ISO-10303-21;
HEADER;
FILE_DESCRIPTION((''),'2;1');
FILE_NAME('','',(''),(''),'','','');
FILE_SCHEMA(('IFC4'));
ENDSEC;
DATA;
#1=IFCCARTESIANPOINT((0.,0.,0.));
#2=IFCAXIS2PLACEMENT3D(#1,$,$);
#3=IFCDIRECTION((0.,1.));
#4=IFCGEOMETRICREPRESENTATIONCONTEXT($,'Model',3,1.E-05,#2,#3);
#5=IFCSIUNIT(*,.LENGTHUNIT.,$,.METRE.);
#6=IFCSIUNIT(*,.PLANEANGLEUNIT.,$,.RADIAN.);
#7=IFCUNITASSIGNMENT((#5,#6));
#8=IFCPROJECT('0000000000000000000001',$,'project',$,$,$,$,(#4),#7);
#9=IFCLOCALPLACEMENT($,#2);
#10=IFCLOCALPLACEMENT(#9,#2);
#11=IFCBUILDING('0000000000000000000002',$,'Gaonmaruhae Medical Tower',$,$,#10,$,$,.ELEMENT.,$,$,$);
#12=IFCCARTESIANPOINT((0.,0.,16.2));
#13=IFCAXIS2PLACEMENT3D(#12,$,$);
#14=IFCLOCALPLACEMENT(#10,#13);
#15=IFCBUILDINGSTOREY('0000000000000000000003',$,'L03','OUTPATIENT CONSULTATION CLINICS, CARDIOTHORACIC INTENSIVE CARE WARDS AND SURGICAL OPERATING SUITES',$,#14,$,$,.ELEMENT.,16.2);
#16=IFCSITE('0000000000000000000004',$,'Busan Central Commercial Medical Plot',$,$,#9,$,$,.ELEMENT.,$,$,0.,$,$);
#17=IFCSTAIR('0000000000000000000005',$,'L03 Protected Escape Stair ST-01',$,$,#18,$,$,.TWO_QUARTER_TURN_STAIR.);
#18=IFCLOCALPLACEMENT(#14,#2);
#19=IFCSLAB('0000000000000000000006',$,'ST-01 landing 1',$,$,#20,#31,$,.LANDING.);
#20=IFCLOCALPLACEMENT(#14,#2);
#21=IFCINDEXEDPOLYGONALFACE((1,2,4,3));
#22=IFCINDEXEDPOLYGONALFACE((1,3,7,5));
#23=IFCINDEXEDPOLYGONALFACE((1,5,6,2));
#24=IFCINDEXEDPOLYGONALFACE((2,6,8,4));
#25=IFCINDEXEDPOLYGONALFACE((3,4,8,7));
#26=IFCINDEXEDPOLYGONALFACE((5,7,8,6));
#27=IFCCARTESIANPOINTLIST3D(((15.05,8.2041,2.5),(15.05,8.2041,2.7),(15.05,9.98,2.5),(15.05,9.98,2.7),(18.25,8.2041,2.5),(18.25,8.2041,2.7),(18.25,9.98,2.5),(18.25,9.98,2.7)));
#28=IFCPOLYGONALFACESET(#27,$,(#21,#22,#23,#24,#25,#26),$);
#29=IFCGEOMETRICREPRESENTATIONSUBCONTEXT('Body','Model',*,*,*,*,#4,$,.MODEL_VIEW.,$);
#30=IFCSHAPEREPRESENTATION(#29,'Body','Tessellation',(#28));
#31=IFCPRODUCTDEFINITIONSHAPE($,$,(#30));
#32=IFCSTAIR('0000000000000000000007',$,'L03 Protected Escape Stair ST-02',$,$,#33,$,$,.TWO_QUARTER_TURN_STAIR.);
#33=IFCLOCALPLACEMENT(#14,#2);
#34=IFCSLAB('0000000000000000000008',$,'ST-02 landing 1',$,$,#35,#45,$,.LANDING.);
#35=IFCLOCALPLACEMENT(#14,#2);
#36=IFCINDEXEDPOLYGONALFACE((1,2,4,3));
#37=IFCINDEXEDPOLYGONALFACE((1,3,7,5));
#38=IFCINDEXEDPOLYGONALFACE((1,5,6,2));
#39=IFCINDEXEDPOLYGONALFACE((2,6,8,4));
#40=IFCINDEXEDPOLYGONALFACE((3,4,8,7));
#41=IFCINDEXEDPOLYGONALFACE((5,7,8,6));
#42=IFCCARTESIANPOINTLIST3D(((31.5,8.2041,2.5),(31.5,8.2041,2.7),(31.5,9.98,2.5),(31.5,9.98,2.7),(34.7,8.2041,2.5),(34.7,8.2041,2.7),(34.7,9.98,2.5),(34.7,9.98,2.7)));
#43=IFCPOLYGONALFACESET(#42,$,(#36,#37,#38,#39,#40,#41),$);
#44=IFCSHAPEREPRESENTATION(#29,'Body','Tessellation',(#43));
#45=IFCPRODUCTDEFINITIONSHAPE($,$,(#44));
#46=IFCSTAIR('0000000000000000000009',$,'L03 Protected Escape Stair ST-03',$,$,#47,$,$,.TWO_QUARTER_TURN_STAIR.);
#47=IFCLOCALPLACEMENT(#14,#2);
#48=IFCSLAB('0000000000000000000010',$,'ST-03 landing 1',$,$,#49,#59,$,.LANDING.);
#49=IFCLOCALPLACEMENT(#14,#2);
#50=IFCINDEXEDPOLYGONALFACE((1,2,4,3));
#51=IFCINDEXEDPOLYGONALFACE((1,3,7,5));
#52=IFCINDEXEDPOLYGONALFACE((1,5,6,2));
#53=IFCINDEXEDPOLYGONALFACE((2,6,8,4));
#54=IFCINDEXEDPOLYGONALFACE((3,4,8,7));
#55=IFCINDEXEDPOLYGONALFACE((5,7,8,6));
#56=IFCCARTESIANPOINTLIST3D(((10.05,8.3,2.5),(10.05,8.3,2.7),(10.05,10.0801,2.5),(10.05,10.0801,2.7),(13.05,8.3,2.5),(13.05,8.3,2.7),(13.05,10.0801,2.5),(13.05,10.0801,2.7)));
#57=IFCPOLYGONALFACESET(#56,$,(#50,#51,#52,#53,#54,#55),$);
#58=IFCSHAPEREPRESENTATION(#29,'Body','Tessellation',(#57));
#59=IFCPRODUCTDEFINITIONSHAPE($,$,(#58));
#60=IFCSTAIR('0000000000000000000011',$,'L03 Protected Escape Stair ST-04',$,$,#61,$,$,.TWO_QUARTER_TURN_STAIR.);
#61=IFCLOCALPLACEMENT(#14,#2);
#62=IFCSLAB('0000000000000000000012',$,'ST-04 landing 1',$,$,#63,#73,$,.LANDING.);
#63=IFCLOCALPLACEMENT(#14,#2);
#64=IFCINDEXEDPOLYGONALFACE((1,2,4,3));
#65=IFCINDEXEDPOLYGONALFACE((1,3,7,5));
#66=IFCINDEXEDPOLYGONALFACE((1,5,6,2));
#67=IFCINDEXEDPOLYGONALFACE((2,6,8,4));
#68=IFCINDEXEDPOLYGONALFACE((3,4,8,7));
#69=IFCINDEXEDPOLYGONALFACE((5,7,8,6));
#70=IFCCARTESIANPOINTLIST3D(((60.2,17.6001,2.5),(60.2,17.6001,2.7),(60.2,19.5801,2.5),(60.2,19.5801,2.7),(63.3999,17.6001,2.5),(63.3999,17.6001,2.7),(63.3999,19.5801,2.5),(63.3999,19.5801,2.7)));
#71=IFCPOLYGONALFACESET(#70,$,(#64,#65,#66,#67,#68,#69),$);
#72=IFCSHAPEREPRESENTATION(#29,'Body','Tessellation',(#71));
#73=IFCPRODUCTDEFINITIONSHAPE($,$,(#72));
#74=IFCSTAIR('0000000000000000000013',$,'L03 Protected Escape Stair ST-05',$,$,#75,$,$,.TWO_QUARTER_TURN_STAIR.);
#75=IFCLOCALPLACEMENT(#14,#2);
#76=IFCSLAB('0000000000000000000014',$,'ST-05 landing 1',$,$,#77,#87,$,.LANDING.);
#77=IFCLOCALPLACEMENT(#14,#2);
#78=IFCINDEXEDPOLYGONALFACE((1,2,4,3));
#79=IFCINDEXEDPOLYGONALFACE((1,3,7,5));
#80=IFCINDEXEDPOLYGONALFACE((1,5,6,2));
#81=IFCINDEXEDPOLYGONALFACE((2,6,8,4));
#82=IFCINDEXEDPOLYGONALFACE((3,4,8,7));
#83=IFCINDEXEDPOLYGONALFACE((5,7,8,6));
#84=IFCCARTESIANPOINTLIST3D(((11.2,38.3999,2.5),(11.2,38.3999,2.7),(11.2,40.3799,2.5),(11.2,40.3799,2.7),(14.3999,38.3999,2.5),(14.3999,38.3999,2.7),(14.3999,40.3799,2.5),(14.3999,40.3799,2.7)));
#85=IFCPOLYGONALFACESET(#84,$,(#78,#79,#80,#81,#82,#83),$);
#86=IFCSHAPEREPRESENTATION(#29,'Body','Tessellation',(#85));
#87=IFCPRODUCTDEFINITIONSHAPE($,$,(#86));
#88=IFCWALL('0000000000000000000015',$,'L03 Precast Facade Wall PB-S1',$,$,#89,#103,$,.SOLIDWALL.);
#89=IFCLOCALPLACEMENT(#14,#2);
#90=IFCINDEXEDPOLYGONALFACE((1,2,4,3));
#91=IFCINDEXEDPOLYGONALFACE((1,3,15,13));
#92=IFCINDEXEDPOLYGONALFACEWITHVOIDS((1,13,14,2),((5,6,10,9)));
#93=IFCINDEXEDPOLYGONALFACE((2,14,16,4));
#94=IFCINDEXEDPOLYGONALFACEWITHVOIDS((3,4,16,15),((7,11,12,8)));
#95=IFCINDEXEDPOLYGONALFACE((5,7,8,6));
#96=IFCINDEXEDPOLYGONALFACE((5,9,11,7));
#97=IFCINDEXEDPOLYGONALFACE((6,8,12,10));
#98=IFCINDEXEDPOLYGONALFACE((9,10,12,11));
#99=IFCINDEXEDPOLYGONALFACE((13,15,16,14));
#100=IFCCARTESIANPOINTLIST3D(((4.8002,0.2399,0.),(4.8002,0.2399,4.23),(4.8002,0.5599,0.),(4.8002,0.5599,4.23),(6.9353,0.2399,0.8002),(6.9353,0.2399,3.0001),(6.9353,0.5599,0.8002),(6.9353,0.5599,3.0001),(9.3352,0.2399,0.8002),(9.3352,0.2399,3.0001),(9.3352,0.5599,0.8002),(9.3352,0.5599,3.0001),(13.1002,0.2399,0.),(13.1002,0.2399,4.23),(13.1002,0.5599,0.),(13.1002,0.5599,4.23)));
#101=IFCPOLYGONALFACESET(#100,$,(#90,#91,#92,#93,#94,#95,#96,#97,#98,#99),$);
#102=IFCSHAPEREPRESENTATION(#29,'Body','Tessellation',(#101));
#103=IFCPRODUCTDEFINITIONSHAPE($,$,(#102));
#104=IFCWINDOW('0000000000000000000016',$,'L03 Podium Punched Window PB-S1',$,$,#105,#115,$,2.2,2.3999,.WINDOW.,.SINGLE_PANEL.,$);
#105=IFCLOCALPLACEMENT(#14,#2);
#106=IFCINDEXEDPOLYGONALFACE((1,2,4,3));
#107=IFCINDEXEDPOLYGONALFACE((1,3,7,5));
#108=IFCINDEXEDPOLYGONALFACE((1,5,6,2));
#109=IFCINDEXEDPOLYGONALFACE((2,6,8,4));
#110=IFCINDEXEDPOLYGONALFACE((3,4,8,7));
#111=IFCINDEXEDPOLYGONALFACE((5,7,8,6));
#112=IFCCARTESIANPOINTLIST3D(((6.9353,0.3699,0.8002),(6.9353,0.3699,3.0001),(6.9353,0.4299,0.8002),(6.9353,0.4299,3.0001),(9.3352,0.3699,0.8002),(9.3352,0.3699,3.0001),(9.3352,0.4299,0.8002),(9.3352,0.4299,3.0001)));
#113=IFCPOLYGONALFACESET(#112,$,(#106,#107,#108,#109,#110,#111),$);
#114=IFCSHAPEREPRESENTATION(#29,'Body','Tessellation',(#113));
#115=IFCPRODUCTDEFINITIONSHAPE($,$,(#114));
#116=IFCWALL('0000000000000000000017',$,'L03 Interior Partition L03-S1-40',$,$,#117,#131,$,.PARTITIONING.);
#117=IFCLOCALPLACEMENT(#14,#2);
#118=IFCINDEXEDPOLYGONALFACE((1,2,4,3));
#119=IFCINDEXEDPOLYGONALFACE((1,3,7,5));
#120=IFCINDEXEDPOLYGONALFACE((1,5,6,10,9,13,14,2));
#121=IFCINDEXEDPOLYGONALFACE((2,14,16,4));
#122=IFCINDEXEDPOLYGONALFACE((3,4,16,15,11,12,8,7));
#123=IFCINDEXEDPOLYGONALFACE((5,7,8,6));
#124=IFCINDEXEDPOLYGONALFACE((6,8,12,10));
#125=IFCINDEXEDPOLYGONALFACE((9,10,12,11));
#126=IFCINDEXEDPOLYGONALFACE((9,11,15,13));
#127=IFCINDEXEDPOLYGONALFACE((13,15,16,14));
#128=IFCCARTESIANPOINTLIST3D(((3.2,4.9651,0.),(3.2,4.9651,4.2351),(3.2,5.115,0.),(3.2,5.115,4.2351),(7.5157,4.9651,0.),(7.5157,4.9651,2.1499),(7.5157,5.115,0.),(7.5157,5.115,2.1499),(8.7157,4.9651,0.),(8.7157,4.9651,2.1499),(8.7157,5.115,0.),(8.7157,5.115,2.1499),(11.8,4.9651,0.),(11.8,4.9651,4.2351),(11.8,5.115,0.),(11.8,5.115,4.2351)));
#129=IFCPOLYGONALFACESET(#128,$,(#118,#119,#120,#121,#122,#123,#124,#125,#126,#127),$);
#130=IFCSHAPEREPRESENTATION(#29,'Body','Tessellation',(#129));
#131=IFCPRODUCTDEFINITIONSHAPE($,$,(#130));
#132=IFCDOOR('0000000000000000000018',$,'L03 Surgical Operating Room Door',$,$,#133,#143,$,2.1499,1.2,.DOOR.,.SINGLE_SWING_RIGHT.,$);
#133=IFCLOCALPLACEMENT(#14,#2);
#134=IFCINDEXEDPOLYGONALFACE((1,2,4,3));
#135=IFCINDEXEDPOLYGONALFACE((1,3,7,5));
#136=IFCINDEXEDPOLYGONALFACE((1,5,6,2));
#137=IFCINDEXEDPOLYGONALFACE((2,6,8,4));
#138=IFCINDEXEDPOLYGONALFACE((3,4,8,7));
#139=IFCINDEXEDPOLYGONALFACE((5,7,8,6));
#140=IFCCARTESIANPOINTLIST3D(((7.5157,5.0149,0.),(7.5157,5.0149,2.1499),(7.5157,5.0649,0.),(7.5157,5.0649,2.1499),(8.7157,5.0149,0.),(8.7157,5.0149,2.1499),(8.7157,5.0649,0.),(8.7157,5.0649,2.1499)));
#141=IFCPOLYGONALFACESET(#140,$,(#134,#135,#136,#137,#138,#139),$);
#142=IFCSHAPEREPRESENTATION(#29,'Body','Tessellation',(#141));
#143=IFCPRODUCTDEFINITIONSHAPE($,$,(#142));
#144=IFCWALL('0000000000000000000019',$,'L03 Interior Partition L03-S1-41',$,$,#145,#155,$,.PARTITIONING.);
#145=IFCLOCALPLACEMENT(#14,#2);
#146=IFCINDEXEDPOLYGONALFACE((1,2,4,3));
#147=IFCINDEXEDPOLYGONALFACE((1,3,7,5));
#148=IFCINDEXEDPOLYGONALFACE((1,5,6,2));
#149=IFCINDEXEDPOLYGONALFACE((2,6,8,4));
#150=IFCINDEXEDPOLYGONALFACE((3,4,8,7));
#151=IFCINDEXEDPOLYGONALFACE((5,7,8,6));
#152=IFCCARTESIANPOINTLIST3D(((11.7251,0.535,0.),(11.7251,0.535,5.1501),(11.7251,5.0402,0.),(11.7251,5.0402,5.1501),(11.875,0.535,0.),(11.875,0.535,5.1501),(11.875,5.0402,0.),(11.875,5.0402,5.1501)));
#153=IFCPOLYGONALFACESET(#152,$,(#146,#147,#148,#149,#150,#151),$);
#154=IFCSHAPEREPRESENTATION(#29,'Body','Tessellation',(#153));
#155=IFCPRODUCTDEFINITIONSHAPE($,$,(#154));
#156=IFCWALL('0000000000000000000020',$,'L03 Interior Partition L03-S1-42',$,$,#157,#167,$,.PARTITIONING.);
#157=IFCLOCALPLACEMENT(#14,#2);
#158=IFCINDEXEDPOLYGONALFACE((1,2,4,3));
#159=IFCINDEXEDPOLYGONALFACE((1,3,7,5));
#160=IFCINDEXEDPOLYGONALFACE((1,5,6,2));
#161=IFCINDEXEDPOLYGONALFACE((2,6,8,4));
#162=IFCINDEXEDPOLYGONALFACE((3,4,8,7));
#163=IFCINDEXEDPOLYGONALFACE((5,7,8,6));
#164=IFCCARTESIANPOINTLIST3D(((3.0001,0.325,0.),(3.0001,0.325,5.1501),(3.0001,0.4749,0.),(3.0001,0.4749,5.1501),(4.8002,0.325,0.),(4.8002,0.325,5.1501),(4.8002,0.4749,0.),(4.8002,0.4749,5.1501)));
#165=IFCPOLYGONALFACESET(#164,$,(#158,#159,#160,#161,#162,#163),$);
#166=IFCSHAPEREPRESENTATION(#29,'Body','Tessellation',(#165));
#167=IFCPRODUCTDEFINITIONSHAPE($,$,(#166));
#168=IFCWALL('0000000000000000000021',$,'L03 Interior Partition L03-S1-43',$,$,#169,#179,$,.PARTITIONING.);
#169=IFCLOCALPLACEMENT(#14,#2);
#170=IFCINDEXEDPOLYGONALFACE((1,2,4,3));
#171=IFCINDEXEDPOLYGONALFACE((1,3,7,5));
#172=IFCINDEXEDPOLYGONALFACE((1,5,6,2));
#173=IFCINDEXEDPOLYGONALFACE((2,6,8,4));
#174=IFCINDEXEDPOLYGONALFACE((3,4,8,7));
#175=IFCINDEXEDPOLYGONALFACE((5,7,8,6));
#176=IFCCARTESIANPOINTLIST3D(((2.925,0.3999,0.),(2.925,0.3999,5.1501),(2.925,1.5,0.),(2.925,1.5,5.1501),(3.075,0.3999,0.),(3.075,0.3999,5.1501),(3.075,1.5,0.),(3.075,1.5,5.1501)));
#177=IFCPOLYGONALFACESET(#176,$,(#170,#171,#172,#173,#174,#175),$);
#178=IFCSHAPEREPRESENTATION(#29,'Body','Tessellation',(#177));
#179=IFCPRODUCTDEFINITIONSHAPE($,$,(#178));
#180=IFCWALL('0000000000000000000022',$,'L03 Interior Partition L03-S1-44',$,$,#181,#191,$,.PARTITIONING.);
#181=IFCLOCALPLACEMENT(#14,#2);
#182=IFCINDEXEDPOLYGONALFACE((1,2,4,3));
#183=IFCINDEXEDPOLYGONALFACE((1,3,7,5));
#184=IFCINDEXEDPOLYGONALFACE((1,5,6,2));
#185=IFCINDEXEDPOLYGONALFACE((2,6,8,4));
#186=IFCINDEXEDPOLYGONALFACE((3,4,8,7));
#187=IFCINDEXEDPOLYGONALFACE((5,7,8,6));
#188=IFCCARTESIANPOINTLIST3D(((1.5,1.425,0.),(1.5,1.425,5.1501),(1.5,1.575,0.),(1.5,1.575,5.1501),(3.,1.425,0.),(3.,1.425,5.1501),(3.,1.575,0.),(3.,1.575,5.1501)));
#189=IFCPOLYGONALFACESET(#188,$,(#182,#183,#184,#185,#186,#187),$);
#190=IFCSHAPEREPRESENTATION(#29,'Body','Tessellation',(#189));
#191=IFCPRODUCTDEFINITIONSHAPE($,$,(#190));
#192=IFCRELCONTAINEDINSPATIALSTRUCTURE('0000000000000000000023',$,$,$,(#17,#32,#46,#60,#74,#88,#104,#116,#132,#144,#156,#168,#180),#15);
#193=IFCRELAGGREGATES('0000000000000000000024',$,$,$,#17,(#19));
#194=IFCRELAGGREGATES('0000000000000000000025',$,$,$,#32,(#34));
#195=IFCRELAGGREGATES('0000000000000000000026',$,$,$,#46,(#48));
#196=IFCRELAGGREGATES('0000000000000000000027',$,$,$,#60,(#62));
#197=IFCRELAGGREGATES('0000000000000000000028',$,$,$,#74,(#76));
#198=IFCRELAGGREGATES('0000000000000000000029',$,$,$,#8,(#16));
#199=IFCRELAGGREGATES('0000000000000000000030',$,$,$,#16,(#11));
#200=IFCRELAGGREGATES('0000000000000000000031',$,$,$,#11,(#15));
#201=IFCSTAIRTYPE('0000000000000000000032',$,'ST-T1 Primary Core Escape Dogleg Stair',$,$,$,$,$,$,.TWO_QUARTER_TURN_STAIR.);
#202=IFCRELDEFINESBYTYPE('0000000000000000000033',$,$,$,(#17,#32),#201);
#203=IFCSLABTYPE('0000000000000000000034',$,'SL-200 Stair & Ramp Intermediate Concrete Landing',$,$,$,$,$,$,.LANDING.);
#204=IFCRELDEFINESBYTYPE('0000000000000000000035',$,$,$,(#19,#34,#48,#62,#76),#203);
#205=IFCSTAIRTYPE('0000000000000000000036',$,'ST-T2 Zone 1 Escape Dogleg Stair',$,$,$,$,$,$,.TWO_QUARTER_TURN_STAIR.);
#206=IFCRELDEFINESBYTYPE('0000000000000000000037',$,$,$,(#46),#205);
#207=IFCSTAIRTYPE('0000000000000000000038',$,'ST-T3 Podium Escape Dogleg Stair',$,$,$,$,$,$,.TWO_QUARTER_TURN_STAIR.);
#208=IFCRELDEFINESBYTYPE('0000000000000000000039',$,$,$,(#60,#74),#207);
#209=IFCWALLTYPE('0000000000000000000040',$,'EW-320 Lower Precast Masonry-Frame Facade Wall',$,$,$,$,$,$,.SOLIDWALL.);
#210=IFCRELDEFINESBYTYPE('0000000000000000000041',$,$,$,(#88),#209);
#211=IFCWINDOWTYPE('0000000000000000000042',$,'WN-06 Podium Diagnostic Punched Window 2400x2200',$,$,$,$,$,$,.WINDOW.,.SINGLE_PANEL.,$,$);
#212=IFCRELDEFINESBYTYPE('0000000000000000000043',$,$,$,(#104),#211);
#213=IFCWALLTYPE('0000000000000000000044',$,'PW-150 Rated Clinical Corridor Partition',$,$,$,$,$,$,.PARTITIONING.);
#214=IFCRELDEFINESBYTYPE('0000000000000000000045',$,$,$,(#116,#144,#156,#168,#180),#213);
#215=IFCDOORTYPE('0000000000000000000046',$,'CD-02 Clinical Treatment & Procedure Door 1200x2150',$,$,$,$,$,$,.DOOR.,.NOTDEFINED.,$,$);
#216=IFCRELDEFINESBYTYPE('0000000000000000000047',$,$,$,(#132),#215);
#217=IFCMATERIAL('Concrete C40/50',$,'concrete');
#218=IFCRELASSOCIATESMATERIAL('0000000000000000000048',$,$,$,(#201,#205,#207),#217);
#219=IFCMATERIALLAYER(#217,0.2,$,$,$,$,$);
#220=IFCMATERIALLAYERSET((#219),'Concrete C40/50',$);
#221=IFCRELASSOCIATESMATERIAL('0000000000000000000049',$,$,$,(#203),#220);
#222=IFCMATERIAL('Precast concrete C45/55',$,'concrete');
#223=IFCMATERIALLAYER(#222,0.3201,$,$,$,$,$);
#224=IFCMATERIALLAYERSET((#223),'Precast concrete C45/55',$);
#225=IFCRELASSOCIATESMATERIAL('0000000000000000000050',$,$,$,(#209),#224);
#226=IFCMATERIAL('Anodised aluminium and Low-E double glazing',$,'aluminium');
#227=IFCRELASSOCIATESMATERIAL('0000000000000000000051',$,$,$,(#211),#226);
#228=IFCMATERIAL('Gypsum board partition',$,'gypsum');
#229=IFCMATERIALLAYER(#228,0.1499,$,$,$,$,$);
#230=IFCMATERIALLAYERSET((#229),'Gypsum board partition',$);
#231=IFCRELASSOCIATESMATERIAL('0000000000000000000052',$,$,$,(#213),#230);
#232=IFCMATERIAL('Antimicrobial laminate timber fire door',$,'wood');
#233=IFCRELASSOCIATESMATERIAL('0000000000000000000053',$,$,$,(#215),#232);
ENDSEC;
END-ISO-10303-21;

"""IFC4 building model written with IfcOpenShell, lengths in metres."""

from ifc_helpers import new_model, si_unit, direction, frame, frame_2d, origin, place, context, subcontext, project, spatial, polyline, rectangle, outline, extrude, material, layer, layer_set, type_object, element, fill, aggregate, save


model = new_model("IFC4")

# Units and contexts
model_context = context("Model", 3, precision=1e-05, world=origin(), true_north=direction((0.0, 1.0)))
body_context = subcontext(model_context, "Body", "Model", "MODEL_VIEW")
ifc_project = project(units=[si_unit("LENGTHUNIT", "METRE"), si_unit("PLANEANGLEUNIT", "RADIAN")], contexts=[model_context])

# Site, building, storey
site_placement = place(None, origin())
site = spatial("IfcSite", under=ifc_project, at=site_placement, Name="Busan Central Commercial Medical Plot", CompositionType="ELEMENT", RefElevation=0.0)
building_placement = place(site_placement, origin())
building = spatial("IfcBuilding", under=site, at=building_placement, Name="Gaonmaruhae Medical Tower", CompositionType="ELEMENT")
storey_placement = place(building_placement, frame((0.0, 0.0, 16.2)))
storey = spatial("IfcBuildingStorey", under=building, at=storey_placement, Name="L03", Description="OUTPATIENT CONSULTATION CLINICS, CARDIOTHORACIC INTENSIVE CARE WARDS AND SURGICAL OPERATING SUITES", CompositionType="ELEMENT", Elevation=16.2)

# Shared definitions
ifc_material_1 = material(Name="Concrete C40/50", Category="concrete")

# Stairs, slabs
stair_type_1 = type_object("IfcStairType", Name="ST-T1 Primary Core Escape Dogleg Stair", PredefinedType="TWO_QUARTER_TURN_STAIR", material=ifc_material_1)
stair_1_placement = place(storey_placement, origin())
stair_1 = element("IfcStair", 1, at=stair_1_placement, inside=storey, type_object=stair_type_1, Name="L03 Protected Escape Stair ST-01", PredefinedType="TWO_QUARTER_TURN_STAIR")
ifc_layer_1 = layer(ifc_material_1, 0.2)
ifc_layer_set_1 = layer_set([ifc_layer_1], Name="Concrete C40/50")
slab_type_1 = type_object("IfcSlabType", Name="SL-200 Stair & Ramp Intermediate Concrete Landing", PredefinedType="LANDING", material=ifc_layer_set_1)
slab_1_placement = place(storey_placement, frame((0.0, 0.0, 2.5)))
slab_1 = element("IfcSlab", 2, at=slab_1_placement, type_object=slab_type_1, Name="ST-01 landing 1", PredefinedType="LANDING", context=body_context, shape_type="SweptSolid", body=[
    extrude(outline(polyline([(15.05, 9.98), (15.05, 8.2041), (18.25, 8.2041), (18.25, 9.98), (15.05, 9.98)])), origin(), (0.0, 0.0, 1.0), 0.2),
])
aggregate(stair_1, [slab_1])
stair_2_placement = place(storey_placement, origin())
stair_2 = element("IfcStair", 3, at=stair_2_placement, inside=storey, type_object=stair_type_1, Name="L03 Protected Escape Stair ST-02", PredefinedType="TWO_QUARTER_TURN_STAIR")
slab_2_placement = place(storey_placement, frame((0.0, 0.0, 2.5)))
slab_2 = element("IfcSlab", 4, at=slab_2_placement, type_object=slab_type_1, Name="ST-02 landing 1", PredefinedType="LANDING", context=body_context, shape_type="SweptSolid", body=[
    extrude(outline(polyline([(31.5, 9.98), (31.5, 8.2041), (34.7, 8.2041), (34.7, 9.98), (31.5, 9.98)])), origin(), (0.0, 0.0, 1.0), 0.2),
])
aggregate(stair_2, [slab_2])
stair_type_2 = type_object("IfcStairType", Name="ST-T2 Zone 1 Escape Dogleg Stair", PredefinedType="TWO_QUARTER_TURN_STAIR", material=ifc_material_1)
stair_3_placement = place(storey_placement, origin())
stair_3 = element("IfcStair", 5, at=stair_3_placement, inside=storey, type_object=stair_type_2, Name="L03 Protected Escape Stair ST-03", PredefinedType="TWO_QUARTER_TURN_STAIR")
slab_3_placement = place(storey_placement, frame((0.0, 0.0, 2.5)))
slab_3 = element("IfcSlab", 6, at=slab_3_placement, type_object=slab_type_1, Name="ST-03 landing 1", PredefinedType="LANDING", context=body_context, shape_type="SweptSolid", body=[
    extrude(outline(polyline([(10.05, 10.0801), (10.05, 8.3), (13.05, 8.3), (13.05, 10.0801), (10.05, 10.0801)])), origin(), (0.0, 0.0, 1.0), 0.2),
])
aggregate(stair_3, [slab_3])
stair_type_3 = type_object("IfcStairType", Name="ST-T3 Podium Escape Dogleg Stair", PredefinedType="TWO_QUARTER_TURN_STAIR", material=ifc_material_1)
stair_4_placement = place(storey_placement, origin())
stair_4 = element("IfcStair", 7, at=stair_4_placement, inside=storey, type_object=stair_type_3, Name="L03 Protected Escape Stair ST-04", PredefinedType="TWO_QUARTER_TURN_STAIR")
slab_4_placement = place(storey_placement, frame((0.0, 0.0, 2.5)))
slab_4 = element("IfcSlab", 8, at=slab_4_placement, type_object=slab_type_1, Name="ST-04 landing 1", PredefinedType="LANDING", context=body_context, shape_type="SweptSolid", body=[
    extrude(outline(polyline([(60.2, 19.5801), (60.2, 17.6001), (63.3999, 17.6001), (63.3999, 19.5801), (60.2, 19.5801)])), origin(), (0.0, 0.0, 1.0), 0.2),
])
aggregate(stair_4, [slab_4])
stair_5_placement = place(storey_placement, origin())
stair_5 = element("IfcStair", 9, at=stair_5_placement, inside=storey, type_object=stair_type_3, Name="L03 Protected Escape Stair ST-05", PredefinedType="TWO_QUARTER_TURN_STAIR")
slab_5_placement = place(storey_placement, frame((0.0, 0.0, 2.5)))
slab_5 = element("IfcSlab", 10, at=slab_5_placement, type_object=slab_type_1, Name="ST-05 landing 1", PredefinedType="LANDING", context=body_context, shape_type="SweptSolid", body=[
    extrude(outline(polyline([(11.2, 40.3799), (11.2, 38.3999), (14.3999, 38.3999), (14.3999, 40.3799), (11.2, 40.3799)])), origin(), (0.0, 0.0, 1.0), 0.2),
])
aggregate(stair_5, [slab_5])

# Wall, opening, window
ifc_material_2 = material(Name="Precast concrete C45/55", Category="concrete")
ifc_layer_2 = layer(ifc_material_2, 0.3201)
ifc_layer_set_2 = layer_set([ifc_layer_2], Name="Precast concrete C45/55")
wall_type_1 = type_object("IfcWallType", Name="EW-320 Lower Precast Masonry-Frame Facade Wall", PredefinedType="SOLIDWALL", material=ifc_layer_set_2)
wall_1_placement = place(storey_placement, frame((13.1001, 0.3999, 0.0), z_axis=(0.0, 0.0, 1.0), x_axis=(-1.0, 0.0, 0.0)))
wall_1 = element("IfcWall", 11, at=wall_1_placement, inside=storey, type_object=wall_type_1, Name="L03 Precast Facade Wall PB-S1", PredefinedType="SOLIDWALL", context=body_context, shape_type="SweptSolid", body=[
    extrude(rectangle(XDim=8.3, YDim=0.3201, at=frame_2d((4.1499, 0.0))), origin(), (0.0, 0.0, 1.0), 4.23),
])
opening_1_placement = place(wall_1_placement, frame((3.7649, 0.0, 0.8)))
opening_1 = element("IfcOpeningElement", 12, at=opening_1_placement, cuts=wall_1, PredefinedType="OPENING", context=body_context, shape_type="SweptSolid", body=[
    extrude(rectangle(XDim=2.3999, YDim=2.2, at=frame_2d((1.2, 1.1001))), frame((0.0, 0.1699, 0.0), z_axis=(0.0, -1.0, 0.0), x_axis=(1.0, 0.0, 0.0)), (0.0, 0.0, 1.0), 0.3401),
])
ifc_material_3 = material(Name="Anodised aluminium and Low-E double glazing", Category="aluminium")
window_type = type_object("IfcWindowType", Name="WN-06 Podium Diagnostic Punched Window 2400x2200", PartitioningType="SINGLE_PANEL", PredefinedType="WINDOW", material=ifc_material_3)
window_placement = place(opening_1_placement, origin())
window = element("IfcWindow", 13, at=window_placement, inside=storey, type_object=window_type, Name="L03 Podium Punched Window PB-S1", OverallHeight=2.2, OverallWidth=2.3999, PartitioningType="SINGLE_PANEL", PredefinedType="WINDOW", context=body_context, shape_type="SweptSolid", body=[
    extrude(rectangle(XDim=2.3999, YDim=2.2, at=frame_2d((1.2, 1.1001))), frame((0.0, 0.03, 0.0), z_axis=(0.0, -1.0, 0.0), x_axis=(1.0, 0.0, 0.0)), (0.0, 0.0, 1.0), 0.0601),
])
fill(opening_1, window)

# Wall, opening, door
ifc_material_4 = material(Name="Gypsum board partition", Category="gypsum")
ifc_layer_3 = layer(ifc_material_4, 0.1499)
ifc_layer_set_3 = layer_set([ifc_layer_3], Name="Gypsum board partition")
wall_type_2 = type_object("IfcWallType", Name="PW-150 Rated Clinical Corridor Partition", PredefinedType="PARTITIONING", material=ifc_layer_set_3)
wall_2_placement = place(storey_placement, frame((3.2, 5.04, 0.0), z_axis=(0.0, 0.0, 1.0), x_axis=(1.0, 0.0, 0.0)))
wall_2 = element("IfcWall", 14, at=wall_2_placement, inside=storey, type_object=wall_type_2, Name="L03 Interior Partition L03-S1-40", PredefinedType="PARTITIONING", context=body_context, shape_type="SweptSolid", body=[
    extrude(rectangle(XDim=8.6001, YDim=0.1499, at=frame_2d((4.3, 0.0))), origin(), (0.0, 0.0, 1.0), 4.2351),
])
opening_2_placement = place(wall_2_placement, frame((4.3157, 0.0, 0.0)))
opening_2 = element("IfcOpeningElement", 15, at=opening_2_placement, cuts=wall_2, PredefinedType="OPENING", context=body_context, shape_type="SweptSolid", body=[
    extrude(rectangle(XDim=1.2, YDim=2.1499, at=frame_2d((0.6001, 1.075))), frame((0.0, 0.085, 0.0), z_axis=(0.0, -1.0, 0.0), x_axis=(1.0, 0.0, 0.0)), (0.0, 0.0, 1.0), 0.1699),
])
ifc_material_5 = material(Name="Antimicrobial laminate timber fire door", Category="wood")
door_type = type_object("IfcDoorType", Name="CD-02 Clinical Treatment & Procedure Door 1200x2150", OperationType="NOTDEFINED", PredefinedType="DOOR", material=ifc_material_5)
door_1_placement = place(opening_2_placement, origin())
door_1 = element("IfcDoor", 16, at=door_1_placement, inside=storey, type_object=door_type, Name="L03 Surgical Operating Room Door", OperationType="SINGLE_SWING_RIGHT", OverallHeight=2.1499, OverallWidth=1.2, PredefinedType="DOOR", context=body_context, shape_type="SweptSolid", body=[
    extrude(rectangle(XDim=1.2, YDim=2.1499, at=frame_2d((0.6001, 1.075))), frame((0.0, 0.0249, 0.0), z_axis=(0.0, -1.0, 0.0), x_axis=(1.0, 0.0, 0.0)), (0.0, 0.0, 1.0), 0.05),
])
fill(opening_2, door_1)

# Walls
wall_3_placement = place(storey_placement, frame((11.8, 5.04, 0.0), z_axis=(0.0, 0.0, 1.0), x_axis=(0.0, -1.0, 0.0)))
element("IfcWall", 17, at=wall_3_placement, inside=storey, type_object=wall_type_2, Name="L03 Interior Partition L03-S1-41", PredefinedType="PARTITIONING", context=body_context, shape_type="SweptSolid", body=[
    extrude(rectangle(XDim=4.5051, YDim=0.1499, at=frame_2d((2.2524, 0.0))), origin(), (0.0, 0.0, 1.0), 5.1501),
])
wall_4_placement = place(storey_placement, frame((4.8, 0.3999, 0.0), z_axis=(0.0, 0.0, 1.0), x_axis=(-1.0, 0.0, 0.0)))
element("IfcWall", 18, at=wall_4_placement, inside=storey, type_object=wall_type_2, Name="L03 Interior Partition L03-S1-42", PredefinedType="PARTITIONING", context=body_context, shape_type="SweptSolid", body=[
    extrude(rectangle(XDim=1.8, YDim=0.1499, at=frame_2d((0.8999, 0.0))), origin(), (0.0, 0.0, 1.0), 5.1501),
])
wall_5_placement = place(storey_placement, frame((3.0, 0.3999, 0.0), z_axis=(0.0, 0.0, 1.0), x_axis=(0.0, 1.0, 0.0)))
element("IfcWall", 19, at=wall_5_placement, inside=storey, type_object=wall_type_2, Name="L03 Interior Partition L03-S1-43", PredefinedType="PARTITIONING", context=body_context, shape_type="SweptSolid", body=[
    extrude(rectangle(XDim=1.1001, YDim=0.1499, at=frame_2d((0.55, 0.0))), origin(), (0.0, 0.0, 1.0), 5.1501),
])
for number, where, z_axis, x_axis, name in (
    (20, (3.0, 1.5, 0.0), (0.0, 0.0, 1.0), (-1.0, 0.0, 0.0), "L03 Interior Partition L03-S1-44"),
):
    element("IfcWall", number, at=place(storey_placement, frame(where, z_axis=z_axis, x_axis=x_axis)), inside=storey, type_object=wall_type_2, Name=name, PredefinedType="PARTITIONING", context=body_context, shape_type="SweptSolid", body=[
        extrude(rectangle(XDim=1.5, YDim=0.1499, at=frame_2d((0.75, 0.0))), origin(), (0.0, 0.0, 1.0), 5.1501),
    ])

save(model, "model.ifc")
